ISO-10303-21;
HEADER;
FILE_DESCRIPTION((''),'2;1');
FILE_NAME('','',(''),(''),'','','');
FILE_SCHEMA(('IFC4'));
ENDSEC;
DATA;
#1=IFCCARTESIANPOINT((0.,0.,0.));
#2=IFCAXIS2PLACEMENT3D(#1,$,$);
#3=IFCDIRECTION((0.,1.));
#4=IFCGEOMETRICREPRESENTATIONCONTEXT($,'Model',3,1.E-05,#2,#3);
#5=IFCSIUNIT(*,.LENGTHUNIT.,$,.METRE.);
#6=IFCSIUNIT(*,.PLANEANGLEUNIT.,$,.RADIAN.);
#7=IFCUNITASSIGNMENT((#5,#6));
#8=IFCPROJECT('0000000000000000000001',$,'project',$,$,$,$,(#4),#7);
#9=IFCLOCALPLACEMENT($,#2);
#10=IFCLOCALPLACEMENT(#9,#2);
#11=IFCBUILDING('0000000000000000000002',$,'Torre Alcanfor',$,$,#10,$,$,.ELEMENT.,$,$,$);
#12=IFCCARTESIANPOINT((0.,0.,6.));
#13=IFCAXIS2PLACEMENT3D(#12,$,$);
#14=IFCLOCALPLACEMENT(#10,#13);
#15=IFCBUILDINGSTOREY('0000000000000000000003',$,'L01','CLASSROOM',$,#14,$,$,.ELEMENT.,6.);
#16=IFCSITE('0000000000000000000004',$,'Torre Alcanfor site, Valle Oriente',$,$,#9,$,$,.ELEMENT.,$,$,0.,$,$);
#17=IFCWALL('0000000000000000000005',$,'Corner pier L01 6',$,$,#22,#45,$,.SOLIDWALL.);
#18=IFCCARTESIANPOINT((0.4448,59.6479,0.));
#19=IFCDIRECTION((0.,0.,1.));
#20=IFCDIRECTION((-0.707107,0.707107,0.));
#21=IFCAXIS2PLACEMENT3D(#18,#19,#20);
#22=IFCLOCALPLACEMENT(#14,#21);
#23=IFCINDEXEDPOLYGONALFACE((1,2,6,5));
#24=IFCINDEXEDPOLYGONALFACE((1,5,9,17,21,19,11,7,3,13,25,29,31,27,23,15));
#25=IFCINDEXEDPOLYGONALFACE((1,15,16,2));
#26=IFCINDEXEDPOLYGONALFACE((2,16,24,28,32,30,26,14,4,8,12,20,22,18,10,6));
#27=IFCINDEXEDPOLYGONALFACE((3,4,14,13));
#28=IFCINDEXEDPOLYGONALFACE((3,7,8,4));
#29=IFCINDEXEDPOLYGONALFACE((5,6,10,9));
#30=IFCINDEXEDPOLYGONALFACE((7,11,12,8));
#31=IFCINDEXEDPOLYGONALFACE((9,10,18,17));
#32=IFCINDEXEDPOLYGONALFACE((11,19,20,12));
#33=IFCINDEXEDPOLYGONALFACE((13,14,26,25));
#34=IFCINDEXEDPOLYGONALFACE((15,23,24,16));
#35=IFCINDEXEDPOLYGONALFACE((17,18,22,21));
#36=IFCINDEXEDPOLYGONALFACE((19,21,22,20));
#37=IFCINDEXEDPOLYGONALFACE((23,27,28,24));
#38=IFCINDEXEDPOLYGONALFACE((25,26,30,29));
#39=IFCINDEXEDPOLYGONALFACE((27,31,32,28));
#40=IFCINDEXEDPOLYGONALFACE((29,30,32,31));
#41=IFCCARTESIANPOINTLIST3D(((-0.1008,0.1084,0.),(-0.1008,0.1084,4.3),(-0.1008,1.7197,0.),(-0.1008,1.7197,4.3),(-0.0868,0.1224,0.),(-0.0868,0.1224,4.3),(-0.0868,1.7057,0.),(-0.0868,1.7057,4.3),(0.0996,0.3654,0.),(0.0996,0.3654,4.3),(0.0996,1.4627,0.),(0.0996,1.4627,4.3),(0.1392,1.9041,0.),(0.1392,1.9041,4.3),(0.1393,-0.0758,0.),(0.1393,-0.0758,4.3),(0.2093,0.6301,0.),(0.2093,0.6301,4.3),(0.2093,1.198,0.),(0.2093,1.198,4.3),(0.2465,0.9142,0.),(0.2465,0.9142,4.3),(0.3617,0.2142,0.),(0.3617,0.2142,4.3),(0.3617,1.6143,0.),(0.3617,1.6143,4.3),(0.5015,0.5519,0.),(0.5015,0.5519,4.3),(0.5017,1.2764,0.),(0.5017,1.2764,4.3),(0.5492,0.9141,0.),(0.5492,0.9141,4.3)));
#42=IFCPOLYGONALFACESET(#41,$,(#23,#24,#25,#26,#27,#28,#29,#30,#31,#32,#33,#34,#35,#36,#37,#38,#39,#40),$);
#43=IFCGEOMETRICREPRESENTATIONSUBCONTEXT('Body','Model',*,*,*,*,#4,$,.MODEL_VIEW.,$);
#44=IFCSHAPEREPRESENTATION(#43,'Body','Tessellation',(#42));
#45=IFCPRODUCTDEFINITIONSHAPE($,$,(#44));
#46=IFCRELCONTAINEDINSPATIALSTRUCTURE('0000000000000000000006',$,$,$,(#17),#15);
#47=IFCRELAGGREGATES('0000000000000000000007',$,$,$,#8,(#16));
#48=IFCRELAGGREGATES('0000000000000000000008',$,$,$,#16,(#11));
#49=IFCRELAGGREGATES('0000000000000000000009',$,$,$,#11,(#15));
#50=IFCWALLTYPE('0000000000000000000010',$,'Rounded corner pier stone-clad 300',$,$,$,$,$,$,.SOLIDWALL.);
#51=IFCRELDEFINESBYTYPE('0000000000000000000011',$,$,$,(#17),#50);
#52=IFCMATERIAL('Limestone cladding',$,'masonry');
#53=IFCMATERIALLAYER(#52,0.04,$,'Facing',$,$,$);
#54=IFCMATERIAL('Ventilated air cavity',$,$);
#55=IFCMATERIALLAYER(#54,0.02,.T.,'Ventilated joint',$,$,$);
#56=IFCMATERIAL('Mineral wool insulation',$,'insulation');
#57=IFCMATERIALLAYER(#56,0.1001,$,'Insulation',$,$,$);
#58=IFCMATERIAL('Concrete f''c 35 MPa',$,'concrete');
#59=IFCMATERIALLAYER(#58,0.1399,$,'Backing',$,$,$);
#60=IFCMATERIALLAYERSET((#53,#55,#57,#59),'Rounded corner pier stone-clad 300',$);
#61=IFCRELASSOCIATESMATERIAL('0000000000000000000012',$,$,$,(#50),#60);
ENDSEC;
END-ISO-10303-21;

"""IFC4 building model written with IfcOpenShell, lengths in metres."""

from ifc_helpers import new_model, si_unit, direction, frame, origin, place, context, subcontext, project, spatial, polyline, outline, extrude, material, layer, layer_set, type_object, element, save


model = new_model("IFC4")

# Units and contexts
model_context = context("Model", 3, precision=1e-05, world=origin(), true_north=direction((0.0, 1.0)))
body_context = subcontext(model_context, "Body", "Model", "MODEL_VIEW")
ifc_project = project(units=[si_unit("LENGTHUNIT", "METRE"), si_unit("PLANEANGLEUNIT", "RADIAN")], contexts=[model_context])

# Site, building, storey
site_placement = place(None, origin())
site = spatial("IfcSite", under=ifc_project, at=site_placement, Name="Torre Alcanfor site, Valle Oriente", CompositionType="ELEMENT", RefElevation=0.0)
building_placement = place(site_placement, origin())
building = spatial("IfcBuilding", under=site, at=building_placement, Name="Torre Alcanfor", CompositionType="ELEMENT")
storey_placement = place(building_placement, frame((0.0, 0.0, 6.0)))
storey = spatial("IfcBuildingStorey", under=building, at=storey_placement, Name="L01", Description="CLASSROOM", CompositionType="ELEMENT", Elevation=6.0)

# Wall
ifc_material_1 = material(Name="Limestone cladding", Category="masonry")
ifc_layer_1 = layer(ifc_material_1, 0.04, Name="Facing")
ifc_material_2 = material(Name="Ventilated air cavity")
ifc_layer_2 = layer(ifc_material_2, 0.02, ventilated=True, Name="Ventilated joint")
ifc_material_3 = material(Name="Mineral wool insulation", Category="insulation")
ifc_layer_3 = layer(ifc_material_3, 0.1001, Name="Insulation")
ifc_material_4 = material(Name="Concrete f'c 35 MPa", Category="concrete")
ifc_layer_4 = layer(ifc_material_4, 0.1399, Name="Backing")
ifc_layer_set_1 = layer_set([ifc_layer_1, ifc_layer_2, ifc_layer_3, ifc_layer_4], Name="Rounded corner pier stone-clad 300")
wall_type_1 = type_object("IfcWallType", Name="Rounded corner pier stone-clad 300", PredefinedType="SOLIDWALL", material=ifc_layer_set_1)
wall_1_placement = place(storey_placement, frame((0.4448, 59.6479, 0.0), z_axis=(0.0, 0.0, 1.0), x_axis=(-0.707107, 0.707107, 0.0)))
element("IfcWall", 1, at=wall_1_placement, inside=storey, type_object=wall_type_1, Name="Corner pier L01 6", PredefinedType="SOLIDWALL", context=body_context, shape_type="SweptSolid", body=[
    extrude(outline(polyline([(0.1392, 1.9041), (-0.1008, 1.7197), (-0.0868, 1.7057), (0.0996, 1.4627), (0.2093, 1.198), (0.2465, 0.9142), (0.2093, 0.6301), (0.0996, 0.3654), (-0.0868, 0.1224), (-0.1008, 0.1084), (0.1393, -0.0758), (0.3617, 0.2142), (0.5015, 0.5519), (0.5492, 0.9141), (0.5017, 1.2764), (0.3617, 1.6143), (0.1392, 1.9041)])), origin(), (0.0, 0.0, 1.0), 4.3),
])

save(model, "model.ifc")
